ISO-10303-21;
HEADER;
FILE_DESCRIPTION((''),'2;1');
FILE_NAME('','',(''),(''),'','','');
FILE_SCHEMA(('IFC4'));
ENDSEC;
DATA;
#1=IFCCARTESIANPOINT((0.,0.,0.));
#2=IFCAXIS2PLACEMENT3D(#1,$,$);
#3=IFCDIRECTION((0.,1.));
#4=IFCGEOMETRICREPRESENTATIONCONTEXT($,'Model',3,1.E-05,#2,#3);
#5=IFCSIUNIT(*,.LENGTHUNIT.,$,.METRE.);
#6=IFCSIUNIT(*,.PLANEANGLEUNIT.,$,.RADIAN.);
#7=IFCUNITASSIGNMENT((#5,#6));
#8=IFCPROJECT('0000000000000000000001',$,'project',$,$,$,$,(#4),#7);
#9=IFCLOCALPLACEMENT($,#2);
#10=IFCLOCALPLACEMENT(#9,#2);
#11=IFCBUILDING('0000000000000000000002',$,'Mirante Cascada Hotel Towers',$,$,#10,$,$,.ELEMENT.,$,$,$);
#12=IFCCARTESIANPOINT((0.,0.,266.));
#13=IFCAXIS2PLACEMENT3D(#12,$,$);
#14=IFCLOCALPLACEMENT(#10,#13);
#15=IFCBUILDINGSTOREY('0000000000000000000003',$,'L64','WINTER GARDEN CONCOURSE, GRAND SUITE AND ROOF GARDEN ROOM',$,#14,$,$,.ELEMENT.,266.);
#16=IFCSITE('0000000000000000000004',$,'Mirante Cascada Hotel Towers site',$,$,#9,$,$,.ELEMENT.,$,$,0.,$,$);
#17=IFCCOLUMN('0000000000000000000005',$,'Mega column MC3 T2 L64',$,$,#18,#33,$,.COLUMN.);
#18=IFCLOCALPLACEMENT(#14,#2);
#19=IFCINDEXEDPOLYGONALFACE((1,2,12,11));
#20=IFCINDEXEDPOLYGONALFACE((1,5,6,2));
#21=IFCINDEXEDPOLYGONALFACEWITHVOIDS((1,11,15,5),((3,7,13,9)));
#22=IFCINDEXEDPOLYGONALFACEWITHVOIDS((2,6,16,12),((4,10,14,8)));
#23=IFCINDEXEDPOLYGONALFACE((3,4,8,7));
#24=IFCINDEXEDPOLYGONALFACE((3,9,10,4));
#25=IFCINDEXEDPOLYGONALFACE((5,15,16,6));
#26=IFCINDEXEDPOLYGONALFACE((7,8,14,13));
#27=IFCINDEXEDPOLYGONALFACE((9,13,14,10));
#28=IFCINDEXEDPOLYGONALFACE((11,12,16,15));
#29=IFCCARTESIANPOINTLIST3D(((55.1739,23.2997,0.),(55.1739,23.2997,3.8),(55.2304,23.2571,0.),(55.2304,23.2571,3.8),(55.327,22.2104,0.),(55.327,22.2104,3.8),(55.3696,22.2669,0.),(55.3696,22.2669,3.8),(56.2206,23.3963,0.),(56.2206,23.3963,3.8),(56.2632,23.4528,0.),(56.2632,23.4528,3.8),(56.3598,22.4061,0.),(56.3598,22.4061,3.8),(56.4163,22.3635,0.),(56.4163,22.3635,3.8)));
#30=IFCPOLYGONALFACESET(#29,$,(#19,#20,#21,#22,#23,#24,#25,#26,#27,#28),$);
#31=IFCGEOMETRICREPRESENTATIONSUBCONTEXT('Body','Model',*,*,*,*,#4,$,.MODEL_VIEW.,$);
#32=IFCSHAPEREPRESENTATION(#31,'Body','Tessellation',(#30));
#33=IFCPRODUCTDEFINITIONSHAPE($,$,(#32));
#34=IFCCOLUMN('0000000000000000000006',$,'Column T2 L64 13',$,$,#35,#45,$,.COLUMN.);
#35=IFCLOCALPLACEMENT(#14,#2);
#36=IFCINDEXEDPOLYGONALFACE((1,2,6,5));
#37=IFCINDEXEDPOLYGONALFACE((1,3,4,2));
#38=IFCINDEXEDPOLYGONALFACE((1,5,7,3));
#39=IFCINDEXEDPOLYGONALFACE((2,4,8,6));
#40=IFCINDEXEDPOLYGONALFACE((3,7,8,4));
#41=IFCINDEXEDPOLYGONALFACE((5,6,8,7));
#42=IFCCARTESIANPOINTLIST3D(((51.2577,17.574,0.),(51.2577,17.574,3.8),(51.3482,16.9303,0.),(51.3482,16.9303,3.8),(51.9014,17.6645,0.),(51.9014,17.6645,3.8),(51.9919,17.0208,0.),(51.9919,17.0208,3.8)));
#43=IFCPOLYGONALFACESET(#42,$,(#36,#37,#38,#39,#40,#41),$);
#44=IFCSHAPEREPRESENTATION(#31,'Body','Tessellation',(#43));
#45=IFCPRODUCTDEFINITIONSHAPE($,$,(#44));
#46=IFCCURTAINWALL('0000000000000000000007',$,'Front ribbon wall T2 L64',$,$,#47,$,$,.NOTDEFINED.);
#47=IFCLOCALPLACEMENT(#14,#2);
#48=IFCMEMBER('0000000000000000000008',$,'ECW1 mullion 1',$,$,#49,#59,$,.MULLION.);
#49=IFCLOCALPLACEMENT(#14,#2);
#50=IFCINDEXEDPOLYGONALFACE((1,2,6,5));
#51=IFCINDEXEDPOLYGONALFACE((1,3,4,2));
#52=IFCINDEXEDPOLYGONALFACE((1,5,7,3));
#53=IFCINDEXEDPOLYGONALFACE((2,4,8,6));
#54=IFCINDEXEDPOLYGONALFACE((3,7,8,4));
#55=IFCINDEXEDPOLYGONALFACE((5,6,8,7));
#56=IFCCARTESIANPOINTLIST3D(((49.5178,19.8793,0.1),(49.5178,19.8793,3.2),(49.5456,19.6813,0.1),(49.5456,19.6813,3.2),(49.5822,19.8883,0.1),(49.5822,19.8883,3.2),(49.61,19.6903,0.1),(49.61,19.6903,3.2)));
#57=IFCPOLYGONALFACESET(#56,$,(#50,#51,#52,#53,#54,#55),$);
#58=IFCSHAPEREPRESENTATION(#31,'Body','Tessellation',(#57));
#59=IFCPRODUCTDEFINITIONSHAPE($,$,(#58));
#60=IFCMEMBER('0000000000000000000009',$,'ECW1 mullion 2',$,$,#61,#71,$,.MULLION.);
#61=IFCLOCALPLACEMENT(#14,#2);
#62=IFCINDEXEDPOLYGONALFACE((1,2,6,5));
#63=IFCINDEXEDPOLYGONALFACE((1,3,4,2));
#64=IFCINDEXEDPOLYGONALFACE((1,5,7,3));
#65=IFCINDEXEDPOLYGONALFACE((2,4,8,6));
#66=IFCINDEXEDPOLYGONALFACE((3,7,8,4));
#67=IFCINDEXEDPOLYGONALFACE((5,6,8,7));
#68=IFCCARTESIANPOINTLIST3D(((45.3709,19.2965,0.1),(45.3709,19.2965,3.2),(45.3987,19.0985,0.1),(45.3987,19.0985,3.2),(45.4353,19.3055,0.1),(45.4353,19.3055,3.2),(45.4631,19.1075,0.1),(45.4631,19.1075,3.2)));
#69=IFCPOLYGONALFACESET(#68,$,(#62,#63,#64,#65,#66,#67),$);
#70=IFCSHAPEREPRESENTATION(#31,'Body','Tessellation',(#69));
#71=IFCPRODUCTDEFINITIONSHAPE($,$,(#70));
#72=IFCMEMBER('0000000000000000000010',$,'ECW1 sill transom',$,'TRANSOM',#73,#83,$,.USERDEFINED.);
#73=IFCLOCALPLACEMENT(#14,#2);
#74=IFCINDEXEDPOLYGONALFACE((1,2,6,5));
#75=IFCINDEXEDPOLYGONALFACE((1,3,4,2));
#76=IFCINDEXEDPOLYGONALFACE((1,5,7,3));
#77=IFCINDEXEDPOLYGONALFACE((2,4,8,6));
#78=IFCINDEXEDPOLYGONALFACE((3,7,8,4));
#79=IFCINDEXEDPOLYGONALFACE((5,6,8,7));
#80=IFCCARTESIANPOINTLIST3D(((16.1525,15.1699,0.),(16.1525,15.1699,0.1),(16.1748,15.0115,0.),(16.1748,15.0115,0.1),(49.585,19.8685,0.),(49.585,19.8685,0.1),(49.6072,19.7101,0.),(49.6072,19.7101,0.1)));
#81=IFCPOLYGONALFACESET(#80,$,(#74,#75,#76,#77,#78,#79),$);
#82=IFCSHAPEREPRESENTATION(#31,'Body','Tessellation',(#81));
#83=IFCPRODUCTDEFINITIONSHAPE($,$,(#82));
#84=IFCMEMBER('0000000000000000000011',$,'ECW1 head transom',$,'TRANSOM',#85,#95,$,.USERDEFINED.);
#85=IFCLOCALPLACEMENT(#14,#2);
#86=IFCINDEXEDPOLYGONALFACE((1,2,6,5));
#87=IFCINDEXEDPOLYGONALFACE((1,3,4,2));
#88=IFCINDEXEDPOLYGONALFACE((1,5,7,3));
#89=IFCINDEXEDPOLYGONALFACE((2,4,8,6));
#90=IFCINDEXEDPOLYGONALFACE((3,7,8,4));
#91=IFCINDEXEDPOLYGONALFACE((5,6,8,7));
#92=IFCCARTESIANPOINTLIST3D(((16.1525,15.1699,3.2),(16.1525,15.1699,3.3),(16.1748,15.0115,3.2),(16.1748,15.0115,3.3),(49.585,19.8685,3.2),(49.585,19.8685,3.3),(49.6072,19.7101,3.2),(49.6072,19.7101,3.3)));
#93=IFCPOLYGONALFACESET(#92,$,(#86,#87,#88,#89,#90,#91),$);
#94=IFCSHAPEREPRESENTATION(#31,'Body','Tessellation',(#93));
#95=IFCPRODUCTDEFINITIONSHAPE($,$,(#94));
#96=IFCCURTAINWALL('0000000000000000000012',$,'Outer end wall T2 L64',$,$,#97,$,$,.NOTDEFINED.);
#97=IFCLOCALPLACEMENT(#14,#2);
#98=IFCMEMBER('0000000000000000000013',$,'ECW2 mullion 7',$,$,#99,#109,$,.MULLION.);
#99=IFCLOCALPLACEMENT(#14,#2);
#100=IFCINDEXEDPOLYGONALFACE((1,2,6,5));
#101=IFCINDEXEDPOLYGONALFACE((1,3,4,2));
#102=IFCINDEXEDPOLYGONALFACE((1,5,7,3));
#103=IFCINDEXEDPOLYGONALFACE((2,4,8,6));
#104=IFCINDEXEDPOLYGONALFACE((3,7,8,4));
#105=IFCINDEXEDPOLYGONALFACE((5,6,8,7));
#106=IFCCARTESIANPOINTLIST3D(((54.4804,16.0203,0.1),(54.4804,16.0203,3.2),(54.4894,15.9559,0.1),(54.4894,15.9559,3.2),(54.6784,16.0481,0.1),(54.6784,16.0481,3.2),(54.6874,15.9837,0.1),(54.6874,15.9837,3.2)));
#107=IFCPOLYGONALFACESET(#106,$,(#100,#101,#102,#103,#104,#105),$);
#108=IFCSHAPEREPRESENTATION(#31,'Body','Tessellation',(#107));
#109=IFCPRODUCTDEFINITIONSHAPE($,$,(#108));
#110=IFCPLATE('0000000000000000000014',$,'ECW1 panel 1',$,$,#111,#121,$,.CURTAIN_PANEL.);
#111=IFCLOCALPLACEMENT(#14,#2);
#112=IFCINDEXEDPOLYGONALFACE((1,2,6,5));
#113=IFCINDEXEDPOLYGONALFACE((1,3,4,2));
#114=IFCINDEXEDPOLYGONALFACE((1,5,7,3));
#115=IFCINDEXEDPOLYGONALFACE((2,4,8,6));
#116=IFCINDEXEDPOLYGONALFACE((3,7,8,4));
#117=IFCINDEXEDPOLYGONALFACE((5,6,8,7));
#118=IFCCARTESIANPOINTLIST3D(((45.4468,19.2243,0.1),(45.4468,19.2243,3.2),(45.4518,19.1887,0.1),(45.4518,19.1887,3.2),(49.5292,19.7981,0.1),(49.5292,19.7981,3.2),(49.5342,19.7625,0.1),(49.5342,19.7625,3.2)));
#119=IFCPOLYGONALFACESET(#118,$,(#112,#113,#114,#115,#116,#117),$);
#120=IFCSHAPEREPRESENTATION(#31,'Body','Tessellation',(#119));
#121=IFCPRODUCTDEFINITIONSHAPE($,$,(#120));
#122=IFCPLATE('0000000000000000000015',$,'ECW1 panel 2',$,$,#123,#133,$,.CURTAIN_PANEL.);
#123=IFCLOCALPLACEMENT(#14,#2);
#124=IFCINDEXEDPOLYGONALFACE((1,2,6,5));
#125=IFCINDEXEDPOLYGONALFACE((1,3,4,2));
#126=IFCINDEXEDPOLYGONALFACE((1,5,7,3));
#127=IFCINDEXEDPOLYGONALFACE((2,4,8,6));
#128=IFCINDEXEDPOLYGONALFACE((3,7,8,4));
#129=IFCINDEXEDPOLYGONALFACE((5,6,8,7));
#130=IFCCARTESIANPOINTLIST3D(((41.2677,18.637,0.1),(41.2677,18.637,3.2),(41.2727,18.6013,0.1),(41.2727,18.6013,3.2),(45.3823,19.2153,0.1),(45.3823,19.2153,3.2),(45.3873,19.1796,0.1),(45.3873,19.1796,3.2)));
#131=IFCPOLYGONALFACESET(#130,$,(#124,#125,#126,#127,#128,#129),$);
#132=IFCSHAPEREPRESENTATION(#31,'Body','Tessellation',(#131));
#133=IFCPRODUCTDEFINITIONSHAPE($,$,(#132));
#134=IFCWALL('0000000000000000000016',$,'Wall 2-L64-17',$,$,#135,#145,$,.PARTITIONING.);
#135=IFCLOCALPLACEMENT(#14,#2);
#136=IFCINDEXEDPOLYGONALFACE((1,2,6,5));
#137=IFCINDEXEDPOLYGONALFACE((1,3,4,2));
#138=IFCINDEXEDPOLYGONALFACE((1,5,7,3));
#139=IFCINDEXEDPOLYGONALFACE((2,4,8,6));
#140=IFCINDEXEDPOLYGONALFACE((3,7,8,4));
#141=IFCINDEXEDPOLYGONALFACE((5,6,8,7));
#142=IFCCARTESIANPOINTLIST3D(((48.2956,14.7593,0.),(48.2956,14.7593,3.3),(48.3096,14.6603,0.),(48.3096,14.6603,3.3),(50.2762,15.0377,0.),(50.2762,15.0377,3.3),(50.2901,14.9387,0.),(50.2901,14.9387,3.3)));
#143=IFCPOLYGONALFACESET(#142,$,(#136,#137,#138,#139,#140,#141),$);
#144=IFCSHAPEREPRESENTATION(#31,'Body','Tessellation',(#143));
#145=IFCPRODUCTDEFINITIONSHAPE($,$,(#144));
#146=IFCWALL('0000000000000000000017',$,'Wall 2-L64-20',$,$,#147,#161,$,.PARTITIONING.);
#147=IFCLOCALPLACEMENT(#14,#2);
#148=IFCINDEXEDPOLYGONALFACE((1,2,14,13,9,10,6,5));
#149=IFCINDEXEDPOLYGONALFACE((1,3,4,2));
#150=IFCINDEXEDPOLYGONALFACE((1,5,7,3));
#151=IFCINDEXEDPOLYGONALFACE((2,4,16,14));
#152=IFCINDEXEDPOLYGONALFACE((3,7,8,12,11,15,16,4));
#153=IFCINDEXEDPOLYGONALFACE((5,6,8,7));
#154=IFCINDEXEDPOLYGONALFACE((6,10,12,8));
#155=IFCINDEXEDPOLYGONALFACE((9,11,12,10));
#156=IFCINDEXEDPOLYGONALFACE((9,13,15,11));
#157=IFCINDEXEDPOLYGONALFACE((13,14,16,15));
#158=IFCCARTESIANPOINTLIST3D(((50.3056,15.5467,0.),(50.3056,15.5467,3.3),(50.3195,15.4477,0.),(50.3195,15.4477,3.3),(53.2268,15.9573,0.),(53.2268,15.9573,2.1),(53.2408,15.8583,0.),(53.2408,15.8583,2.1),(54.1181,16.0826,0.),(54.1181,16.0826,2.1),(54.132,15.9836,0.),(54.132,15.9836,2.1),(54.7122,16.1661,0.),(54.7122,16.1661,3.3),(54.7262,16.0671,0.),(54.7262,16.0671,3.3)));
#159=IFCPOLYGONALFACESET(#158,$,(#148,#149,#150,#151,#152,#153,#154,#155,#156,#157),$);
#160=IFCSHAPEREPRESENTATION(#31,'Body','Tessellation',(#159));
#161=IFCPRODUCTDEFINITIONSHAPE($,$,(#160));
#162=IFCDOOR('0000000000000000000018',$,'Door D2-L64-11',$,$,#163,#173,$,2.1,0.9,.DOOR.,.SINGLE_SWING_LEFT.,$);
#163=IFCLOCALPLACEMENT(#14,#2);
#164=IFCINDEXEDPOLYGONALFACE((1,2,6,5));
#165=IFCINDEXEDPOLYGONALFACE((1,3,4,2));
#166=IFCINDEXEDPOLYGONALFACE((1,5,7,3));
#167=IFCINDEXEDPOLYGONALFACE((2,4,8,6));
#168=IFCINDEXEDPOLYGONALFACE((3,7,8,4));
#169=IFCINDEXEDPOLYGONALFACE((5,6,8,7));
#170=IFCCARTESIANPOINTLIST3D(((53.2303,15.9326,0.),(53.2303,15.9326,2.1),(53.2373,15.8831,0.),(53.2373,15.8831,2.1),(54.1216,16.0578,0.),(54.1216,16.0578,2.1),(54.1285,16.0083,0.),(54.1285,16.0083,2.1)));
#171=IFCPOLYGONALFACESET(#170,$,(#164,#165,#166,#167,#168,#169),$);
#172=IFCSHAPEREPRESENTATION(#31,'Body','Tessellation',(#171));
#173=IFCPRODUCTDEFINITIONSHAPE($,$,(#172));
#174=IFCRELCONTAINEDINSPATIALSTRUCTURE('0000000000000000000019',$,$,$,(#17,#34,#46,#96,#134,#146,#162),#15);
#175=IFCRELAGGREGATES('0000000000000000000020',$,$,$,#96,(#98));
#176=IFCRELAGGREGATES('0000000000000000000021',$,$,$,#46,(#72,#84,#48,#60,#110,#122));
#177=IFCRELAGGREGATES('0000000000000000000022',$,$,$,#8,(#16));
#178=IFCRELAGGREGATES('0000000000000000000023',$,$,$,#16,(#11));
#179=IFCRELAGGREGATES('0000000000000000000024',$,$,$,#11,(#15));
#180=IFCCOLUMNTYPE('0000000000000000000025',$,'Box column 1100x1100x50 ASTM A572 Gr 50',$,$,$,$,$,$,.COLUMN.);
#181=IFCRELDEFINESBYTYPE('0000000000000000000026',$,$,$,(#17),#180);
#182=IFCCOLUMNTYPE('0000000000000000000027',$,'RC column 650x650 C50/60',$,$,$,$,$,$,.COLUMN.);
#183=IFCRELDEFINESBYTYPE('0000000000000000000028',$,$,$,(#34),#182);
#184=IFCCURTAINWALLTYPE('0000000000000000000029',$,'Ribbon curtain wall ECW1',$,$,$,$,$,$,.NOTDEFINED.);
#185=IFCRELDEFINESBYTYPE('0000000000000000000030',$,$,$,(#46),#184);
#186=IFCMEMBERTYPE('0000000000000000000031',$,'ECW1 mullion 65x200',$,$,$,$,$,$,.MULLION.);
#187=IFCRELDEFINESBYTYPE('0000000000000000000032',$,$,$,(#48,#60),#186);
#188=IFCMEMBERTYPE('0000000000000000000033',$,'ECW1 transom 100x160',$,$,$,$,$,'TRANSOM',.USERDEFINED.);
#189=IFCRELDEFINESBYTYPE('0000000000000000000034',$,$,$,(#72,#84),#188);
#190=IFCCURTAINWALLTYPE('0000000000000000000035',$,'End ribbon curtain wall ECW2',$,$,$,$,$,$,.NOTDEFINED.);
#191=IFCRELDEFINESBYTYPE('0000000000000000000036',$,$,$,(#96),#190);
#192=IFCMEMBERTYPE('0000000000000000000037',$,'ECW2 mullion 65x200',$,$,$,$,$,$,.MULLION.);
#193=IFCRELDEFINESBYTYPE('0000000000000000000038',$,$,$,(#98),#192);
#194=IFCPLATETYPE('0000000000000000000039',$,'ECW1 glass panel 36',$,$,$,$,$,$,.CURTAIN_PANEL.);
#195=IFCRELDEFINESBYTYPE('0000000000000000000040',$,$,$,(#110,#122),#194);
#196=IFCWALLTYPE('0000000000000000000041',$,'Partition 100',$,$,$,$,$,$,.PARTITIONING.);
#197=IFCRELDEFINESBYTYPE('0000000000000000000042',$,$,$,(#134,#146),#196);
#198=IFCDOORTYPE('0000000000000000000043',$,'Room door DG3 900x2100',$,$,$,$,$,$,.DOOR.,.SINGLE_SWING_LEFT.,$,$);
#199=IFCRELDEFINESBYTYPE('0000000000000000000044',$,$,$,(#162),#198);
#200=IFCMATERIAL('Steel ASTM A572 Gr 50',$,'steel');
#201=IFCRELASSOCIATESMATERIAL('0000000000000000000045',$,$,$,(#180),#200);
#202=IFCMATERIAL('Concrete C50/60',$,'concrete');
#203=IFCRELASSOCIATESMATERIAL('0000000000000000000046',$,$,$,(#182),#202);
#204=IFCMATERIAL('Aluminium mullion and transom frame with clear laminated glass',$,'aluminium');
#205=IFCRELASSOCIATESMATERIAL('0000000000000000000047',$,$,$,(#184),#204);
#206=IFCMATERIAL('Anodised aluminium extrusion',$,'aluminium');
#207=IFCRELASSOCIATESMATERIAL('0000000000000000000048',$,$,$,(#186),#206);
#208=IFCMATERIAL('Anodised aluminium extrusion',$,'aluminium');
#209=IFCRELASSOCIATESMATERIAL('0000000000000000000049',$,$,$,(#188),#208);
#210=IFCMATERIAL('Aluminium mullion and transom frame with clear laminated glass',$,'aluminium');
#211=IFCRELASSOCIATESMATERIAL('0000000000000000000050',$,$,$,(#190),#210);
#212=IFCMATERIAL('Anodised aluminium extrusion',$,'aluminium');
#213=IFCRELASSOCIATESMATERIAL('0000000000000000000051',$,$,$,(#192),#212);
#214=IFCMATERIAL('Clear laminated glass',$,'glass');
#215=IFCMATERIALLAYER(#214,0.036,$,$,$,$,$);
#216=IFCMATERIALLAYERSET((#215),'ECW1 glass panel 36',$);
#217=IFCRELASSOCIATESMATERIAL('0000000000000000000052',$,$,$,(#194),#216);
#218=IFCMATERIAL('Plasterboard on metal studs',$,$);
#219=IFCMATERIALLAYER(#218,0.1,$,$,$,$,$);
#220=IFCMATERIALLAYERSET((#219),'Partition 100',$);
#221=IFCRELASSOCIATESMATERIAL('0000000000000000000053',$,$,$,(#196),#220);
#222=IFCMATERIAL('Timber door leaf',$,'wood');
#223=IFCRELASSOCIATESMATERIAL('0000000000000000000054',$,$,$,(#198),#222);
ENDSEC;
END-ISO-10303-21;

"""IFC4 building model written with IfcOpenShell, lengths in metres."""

from ifc_helpers import new_model, si_unit, direction, frame, frame_2d, origin, origin_2d, place, context, subcontext, project, spatial, rectangle, hollow_rectangle, extrude, material, layer, layer_set, material_profile, profile_set, type_object, element, fill, aggregate, save


model = new_model("IFC4")

# Units and contexts
model_context = context("Model", 3, precision=1e-05, world=origin(), true_north=direction((0.0, 1.0)))
body_context = subcontext(model_context, "Body", "Model", "MODEL_VIEW")
ifc_project = project(units=[si_unit("LENGTHUNIT", "METRE"), si_unit("PLANEANGLEUNIT", "RADIAN")], contexts=[model_context])

# Site, building, storey
site_placement = place(None, origin())
site = spatial("IfcSite", under=ifc_project, at=site_placement, Name="Mirante Cascada Hotel Towers site", CompositionType="ELEMENT", RefElevation=0.0)
building_placement = place(site_placement, origin())
building = spatial("IfcBuilding", under=site, at=building_placement, Name="Mirante Cascada Hotel Towers", CompositionType="ELEMENT")
storey_placement = place(building_placement, frame((0.0, 0.0, 266.0)))
storey = spatial("IfcBuildingStorey", under=building, at=storey_placement, Name="L64", Description="WINTER GARDEN CONCOURSE, GRAND SUITE AND ROOF GARDEN ROOM", CompositionType="ELEMENT", Elevation=266.0)

# Columns
ifc_material_1 = material(Name="Steel ASTM A572 Gr 50", Category="steel")
ifc_material_profile_1 = material_profile(ifc_material_1, hollow_rectangle(XDim=1.1, YDim=1.1, WallThickness=0.05, at=origin_2d()), Name="Box column 1100x1100x50 ASTM A572 Gr 50")
ifc_profile_set_1 = profile_set([ifc_material_profile_1], Name="Steel ASTM A572 Gr 50")
column_type_1 = type_object("IfcColumnType", Name="Box column 1100x1100x50 ASTM A572 Gr 50", PredefinedType="COLUMN", material=ifc_profile_set_1)
column_1_placement = place(storey_placement, frame((55.7951, 22.8316, 0.0), z_axis=(0.0, 0.0, 1.0), x_axis=(0.990268, 0.139173, 0.0)))
element("IfcColumn", 1, at=column_1_placement, inside=storey, type_object=column_type_1, Name="Mega column MC3 T2 L64", PredefinedType="COLUMN", context=body_context, shape_type="SweptSolid", body=[
    extrude(hollow_rectangle(XDim=1.1, YDim=1.1, WallThickness=0.05, at=origin_2d()), origin(), (0.0, 0.0, 1.0), 3.8),
])
ifc_material_2 = material(Name="Concrete C50/60", Category="concrete")
ifc_material_profile_2 = material_profile(ifc_material_2, rectangle(XDim=0.65, YDim=0.65, at=origin_2d()), Name="RC column 650x650 C50/60")
ifc_profile_set_2 = profile_set([ifc_material_profile_2], Name="Concrete C50/60")
column_type_2 = type_object("IfcColumnType", Name="RC column 650x650 C50/60", PredefinedType="COLUMN", material=ifc_profile_set_2)
column_2_placement = place(storey_placement, frame((51.6248, 17.2974, 0.0), z_axis=(0.0, 0.0, 1.0), x_axis=(0.990268, 0.139173, 0.0)))
element("IfcColumn", 2, at=column_2_placement, inside=storey, type_object=column_type_2, Name="Column T2 L64 13", PredefinedType="COLUMN", context=body_context, shape_type="SweptSolid", body=[
    extrude(rectangle(XDim=0.65, YDim=0.65, at=origin_2d()), origin(), (0.0, 0.0, 1.0), 3.8),
])

# Curtain wall, members
ifc_material_3 = material(Name="Aluminium mullion and transom frame with clear laminated glass", Category="aluminium")
curtain_wall_type_1 = type_object("IfcCurtainWallType", Name="Ribbon curtain wall ECW1", PredefinedType="NOTDEFINED", material=ifc_material_3)
curtain_wall_1_placement = place(storey_placement, origin())
curtain_wall_1 = element("IfcCurtainWall", 3, at=curtain_wall_1_placement, inside=storey, type_object=curtain_wall_type_1, Name="Front ribbon wall T2 L64", PredefinedType="NOTDEFINED")
ifc_material_4 = material(Name="Anodised aluminium extrusion", Category="aluminium")
ifc_material_profile_3 = material_profile(ifc_material_4, rectangle(XDim=0.2, YDim=0.065, at=origin_2d()), Name="ECW1 MULLION 65x200")
ifc_profile_set_3 = profile_set([ifc_material_profile_3], Name="Anodised aluminium extrusion")
member_type_1 = type_object("IfcMemberType", Name="ECW1 mullion 65x200", PredefinedType="MULLION", material=ifc_profile_set_3)
member_1_placement = place(storey_placement, frame((49.5639, 19.7848, 0.1), z_axis=(0.0, 0.0, 1.0), x_axis=(0.139173, -0.990268, 0.0)))
member_1 = element("IfcMember", 4, at=member_1_placement, type_object=member_type_1, Name="ECW1 mullion 1", PredefinedType="MULLION", context=body_context, shape_type="SweptSolid", body=[
    extrude(rectangle(XDim=0.2, YDim=0.065, at=origin_2d()), origin(), (0.0, 0.0, 1.0), 3.1),
])
member_2_placement = place(storey_placement, frame((45.417, 19.202, 0.1), z_axis=(0.0, 0.0, 1.0), x_axis=(0.139173, -0.990268, 0.0)))
member_2 = element("IfcMember", 5, at=member_2_placement, type_object=member_type_1, Name="ECW1 mullion 2", PredefinedType="MULLION", context=body_context, shape_type="SweptSolid", body=[
    extrude(rectangle(XDim=0.2, YDim=0.065, at=origin_2d()), origin(), (0.0, 0.0, 1.0), 3.1),
])
ifc_material_5 = material(Name="Anodised aluminium extrusion", Category="aluminium")
ifc_material_profile_4 = material_profile(ifc_material_5, rectangle(XDim=0.16, YDim=0.1, at=origin_2d()), Name="ECW1 TRANSOM 100x160")
ifc_profile_set_4 = profile_set([ifc_material_profile_4], Name="Anodised aluminium extrusion")
member_type_2 = type_object("IfcMemberType", Name="ECW1 transom 100x160", ElementType="TRANSOM", PredefinedType="USERDEFINED", material=ifc_profile_set_4)
member_3_placement = place(storey_placement, frame((49.5961, 19.7893, 0.05), z_axis=(-0.990268, -0.139173, 0.0), x_axis=(0.139173, -0.990268, 0.0)))
member_3 = element("IfcMember", 6, at=member_3_placement, type_object=member_type_2, Name="ECW1 sill transom", ObjectType="TRANSOM", PredefinedType="USERDEFINED", context=body_context, shape_type="SweptSolid", body=[
    extrude(rectangle(XDim=0.16, YDim=0.1, at=origin_2d()), origin(), (0.0, 0.0, 1.0), 33.761),
])
member_4_placement = place(storey_placement, frame((49.5961, 19.7893, 3.25), z_axis=(-0.990268, -0.139173, 0.0), x_axis=(0.139173, -0.990268, 0.0)))
member_4 = element("IfcMember", 7, at=member_4_placement, type_object=member_type_2, Name="ECW1 head transom", ObjectType="TRANSOM", PredefinedType="USERDEFINED", context=body_context, shape_type="SweptSolid", body=[
    extrude(rectangle(XDim=0.16, YDim=0.1, at=origin_2d()), origin(), (0.0, 0.0, 1.0), 33.761),
])

# Curtain wall, member
ifc_material_6 = material(Name="Aluminium mullion and transom frame with clear laminated glass", Category="aluminium")
curtain_wall_type_2 = type_object("IfcCurtainWallType", Name="End ribbon curtain wall ECW2", PredefinedType="NOTDEFINED", material=ifc_material_6)
curtain_wall_2_placement = place(storey_placement, origin())
curtain_wall_2 = element("IfcCurtainWall", 8, at=curtain_wall_2_placement, inside=storey, type_object=curtain_wall_type_2, Name="Outer end wall T2 L64", PredefinedType="NOTDEFINED")
ifc_material_7 = material(Name="Anodised aluminium extrusion", Category="aluminium")
ifc_material_profile_5 = material_profile(ifc_material_7, rectangle(XDim=0.2, YDim=0.065, at=origin_2d()), Name="ECW2 MULLION 65x200")
ifc_profile_set_5 = profile_set([ifc_material_profile_5], Name="Anodised aluminium extrusion")
member_type_3 = type_object("IfcMemberType", Name="ECW2 mullion 65x200", PredefinedType="MULLION", material=ifc_profile_set_5)
member_5_placement = place(storey_placement, frame((54.5839, 16.002, 0.1), z_axis=(0.0, 0.0, 1.0), x_axis=(-0.990268, -0.139173, 0.0)))
member_5 = element("IfcMember", 9, at=member_5_placement, type_object=member_type_3, Name="ECW2 mullion 7", PredefinedType="MULLION", context=body_context, shape_type="SweptSolid", body=[
    extrude(rectangle(XDim=0.2, YDim=0.065, at=origin_2d()), origin(), (0.0, 0.0, 1.0), 3.1),
])
aggregate(curtain_wall_2, [member_5])

# Plates
ifc_material_8 = material(Name="Clear laminated glass", Category="glass")
ifc_layer_1 = layer(ifc_material_8, 0.036)
ifc_layer_set_1 = layer_set([ifc_layer_1], Name="ECW1 glass panel 36")
plate_type = type_object("IfcPlateType", Name="ECW1 glass panel 36", PredefinedType="CURTAIN_PANEL", material=ifc_layer_set_1)
plate_1_placement = place(storey_placement, frame((47.4905, 19.4934, 0.1), z_axis=(0.0, 0.0, 1.0), x_axis=(-0.990268, -0.139173, 0.0)))
plate_1 = element("IfcPlate", 10, at=plate_1_placement, type_object=plate_type, Name="ECW1 panel 1", PredefinedType="CURTAIN_PANEL", context=body_context, shape_type="SweptSolid", body=[
    extrude(rectangle(XDim=4.1226, YDim=0.036, at=origin_2d()), origin(), (0.0, 0.0, 1.0), 3.1),
])
plate_2_placement = place(storey_placement, frame((43.3275, 18.9083, 0.1), z_axis=(0.0, 0.0, 1.0), x_axis=(-0.990268, -0.139173, 0.0)))
plate_2 = element("IfcPlate", 11, at=plate_2_placement, type_object=plate_type, Name="ECW1 panel 2", PredefinedType="CURTAIN_PANEL", context=body_context, shape_type="SweptSolid", body=[
    extrude(rectangle(XDim=4.1551, YDim=0.036, at=origin_2d()), origin(), (0.0, 0.0, 1.0), 3.1),
])
aggregate(curtain_wall_1, [member_3, member_4, member_1, member_2, plate_1, plate_2])

# Wall
ifc_material_9 = material(Name="Plasterboard on metal studs")
ifc_layer_2 = layer(ifc_material_9, 0.1)
ifc_layer_set_2 = layer_set([ifc_layer_2], Name="Partition 100")
wall_type_1 = type_object("IfcWallType", Name="Partition 100", PredefinedType="PARTITIONING", material=ifc_layer_set_2)
wall_1_placement = place(storey_placement, frame((48.3026, 14.7098, 0.0), z_axis=(0.0, 0.0, 1.0), x_axis=(0.990264, 0.139202, 0.0)))
element("IfcWall", 12, at=wall_1_placement, inside=storey, type_object=wall_type_1, Name="Wall 2-L64-17", PredefinedType="PARTITIONING", context=body_context, shape_type="SweptSolid", body=[
    extrude(rectangle(XDim=2.0, YDim=0.1, at=frame_2d((1.0, 0.0))), origin(), (0.0, 0.0, 1.0), 3.3),
])

# Wall, opening, door
wall_2_placement = place(storey_placement, frame((54.7192, 16.1166, 0.0), z_axis=(0.0, 0.0, 1.0), x_axis=(-0.990266, -0.13919, 0.0)))
wall_2 = element("IfcWall", 13, at=wall_2_placement, inside=storey, type_object=wall_type_1, Name="Wall 2-L64-20", PredefinedType="PARTITIONING", context=body_context, shape_type="SweptSolid", body=[
    extrude(rectangle(XDim=4.45, YDim=0.1, at=frame_2d((2.225, 0.0))), origin(), (0.0, 0.0, 1.0), 3.3),
])
opening_1_placement = place(wall_2_placement, frame((0.6, 0.0, 0.0)))
opening_1 = element("IfcOpeningElement", 14, at=opening_1_placement, cuts=wall_2, PredefinedType="OPENING", context=body_context, shape_type="SweptSolid", body=[
    extrude(rectangle(XDim=0.9, YDim=2.1, at=frame_2d((0.45, 1.05))), frame((0.0, 0.05, 0.0), z_axis=(0.0, -1.0, 0.0), x_axis=(1.0, 0.0, 0.0)), (0.0, 0.0, 1.0), 0.1),
])
ifc_material_10 = material(Name="Timber door leaf", Category="wood")
door_type_1 = type_object("IfcDoorType", Name="Room door DG3 900x2100", OperationType="SINGLE_SWING_LEFT", PredefinedType="DOOR", material=ifc_material_10)
door_1_placement = place(opening_1_placement, origin())
door_1 = element("IfcDoor", 15, at=door_1_placement, inside=storey, type_object=door_type_1, Name="Door D2-L64-11", OperationType="SINGLE_SWING_LEFT", OverallHeight=2.1, OverallWidth=0.9, PredefinedType="DOOR", context=body_context, shape_type="SweptSolid", body=[
    extrude(rectangle(XDim=0.9, YDim=2.1, at=frame_2d((0.45, 1.05))), frame((0.0, 0.025, 0.0), z_axis=(0.0, -1.0, 0.0), x_axis=(1.0, 0.0, 0.0)), (0.0, 0.0, 1.0), 0.05),
])
fill(opening_1, door_1)

save(model, "model.ifc")
